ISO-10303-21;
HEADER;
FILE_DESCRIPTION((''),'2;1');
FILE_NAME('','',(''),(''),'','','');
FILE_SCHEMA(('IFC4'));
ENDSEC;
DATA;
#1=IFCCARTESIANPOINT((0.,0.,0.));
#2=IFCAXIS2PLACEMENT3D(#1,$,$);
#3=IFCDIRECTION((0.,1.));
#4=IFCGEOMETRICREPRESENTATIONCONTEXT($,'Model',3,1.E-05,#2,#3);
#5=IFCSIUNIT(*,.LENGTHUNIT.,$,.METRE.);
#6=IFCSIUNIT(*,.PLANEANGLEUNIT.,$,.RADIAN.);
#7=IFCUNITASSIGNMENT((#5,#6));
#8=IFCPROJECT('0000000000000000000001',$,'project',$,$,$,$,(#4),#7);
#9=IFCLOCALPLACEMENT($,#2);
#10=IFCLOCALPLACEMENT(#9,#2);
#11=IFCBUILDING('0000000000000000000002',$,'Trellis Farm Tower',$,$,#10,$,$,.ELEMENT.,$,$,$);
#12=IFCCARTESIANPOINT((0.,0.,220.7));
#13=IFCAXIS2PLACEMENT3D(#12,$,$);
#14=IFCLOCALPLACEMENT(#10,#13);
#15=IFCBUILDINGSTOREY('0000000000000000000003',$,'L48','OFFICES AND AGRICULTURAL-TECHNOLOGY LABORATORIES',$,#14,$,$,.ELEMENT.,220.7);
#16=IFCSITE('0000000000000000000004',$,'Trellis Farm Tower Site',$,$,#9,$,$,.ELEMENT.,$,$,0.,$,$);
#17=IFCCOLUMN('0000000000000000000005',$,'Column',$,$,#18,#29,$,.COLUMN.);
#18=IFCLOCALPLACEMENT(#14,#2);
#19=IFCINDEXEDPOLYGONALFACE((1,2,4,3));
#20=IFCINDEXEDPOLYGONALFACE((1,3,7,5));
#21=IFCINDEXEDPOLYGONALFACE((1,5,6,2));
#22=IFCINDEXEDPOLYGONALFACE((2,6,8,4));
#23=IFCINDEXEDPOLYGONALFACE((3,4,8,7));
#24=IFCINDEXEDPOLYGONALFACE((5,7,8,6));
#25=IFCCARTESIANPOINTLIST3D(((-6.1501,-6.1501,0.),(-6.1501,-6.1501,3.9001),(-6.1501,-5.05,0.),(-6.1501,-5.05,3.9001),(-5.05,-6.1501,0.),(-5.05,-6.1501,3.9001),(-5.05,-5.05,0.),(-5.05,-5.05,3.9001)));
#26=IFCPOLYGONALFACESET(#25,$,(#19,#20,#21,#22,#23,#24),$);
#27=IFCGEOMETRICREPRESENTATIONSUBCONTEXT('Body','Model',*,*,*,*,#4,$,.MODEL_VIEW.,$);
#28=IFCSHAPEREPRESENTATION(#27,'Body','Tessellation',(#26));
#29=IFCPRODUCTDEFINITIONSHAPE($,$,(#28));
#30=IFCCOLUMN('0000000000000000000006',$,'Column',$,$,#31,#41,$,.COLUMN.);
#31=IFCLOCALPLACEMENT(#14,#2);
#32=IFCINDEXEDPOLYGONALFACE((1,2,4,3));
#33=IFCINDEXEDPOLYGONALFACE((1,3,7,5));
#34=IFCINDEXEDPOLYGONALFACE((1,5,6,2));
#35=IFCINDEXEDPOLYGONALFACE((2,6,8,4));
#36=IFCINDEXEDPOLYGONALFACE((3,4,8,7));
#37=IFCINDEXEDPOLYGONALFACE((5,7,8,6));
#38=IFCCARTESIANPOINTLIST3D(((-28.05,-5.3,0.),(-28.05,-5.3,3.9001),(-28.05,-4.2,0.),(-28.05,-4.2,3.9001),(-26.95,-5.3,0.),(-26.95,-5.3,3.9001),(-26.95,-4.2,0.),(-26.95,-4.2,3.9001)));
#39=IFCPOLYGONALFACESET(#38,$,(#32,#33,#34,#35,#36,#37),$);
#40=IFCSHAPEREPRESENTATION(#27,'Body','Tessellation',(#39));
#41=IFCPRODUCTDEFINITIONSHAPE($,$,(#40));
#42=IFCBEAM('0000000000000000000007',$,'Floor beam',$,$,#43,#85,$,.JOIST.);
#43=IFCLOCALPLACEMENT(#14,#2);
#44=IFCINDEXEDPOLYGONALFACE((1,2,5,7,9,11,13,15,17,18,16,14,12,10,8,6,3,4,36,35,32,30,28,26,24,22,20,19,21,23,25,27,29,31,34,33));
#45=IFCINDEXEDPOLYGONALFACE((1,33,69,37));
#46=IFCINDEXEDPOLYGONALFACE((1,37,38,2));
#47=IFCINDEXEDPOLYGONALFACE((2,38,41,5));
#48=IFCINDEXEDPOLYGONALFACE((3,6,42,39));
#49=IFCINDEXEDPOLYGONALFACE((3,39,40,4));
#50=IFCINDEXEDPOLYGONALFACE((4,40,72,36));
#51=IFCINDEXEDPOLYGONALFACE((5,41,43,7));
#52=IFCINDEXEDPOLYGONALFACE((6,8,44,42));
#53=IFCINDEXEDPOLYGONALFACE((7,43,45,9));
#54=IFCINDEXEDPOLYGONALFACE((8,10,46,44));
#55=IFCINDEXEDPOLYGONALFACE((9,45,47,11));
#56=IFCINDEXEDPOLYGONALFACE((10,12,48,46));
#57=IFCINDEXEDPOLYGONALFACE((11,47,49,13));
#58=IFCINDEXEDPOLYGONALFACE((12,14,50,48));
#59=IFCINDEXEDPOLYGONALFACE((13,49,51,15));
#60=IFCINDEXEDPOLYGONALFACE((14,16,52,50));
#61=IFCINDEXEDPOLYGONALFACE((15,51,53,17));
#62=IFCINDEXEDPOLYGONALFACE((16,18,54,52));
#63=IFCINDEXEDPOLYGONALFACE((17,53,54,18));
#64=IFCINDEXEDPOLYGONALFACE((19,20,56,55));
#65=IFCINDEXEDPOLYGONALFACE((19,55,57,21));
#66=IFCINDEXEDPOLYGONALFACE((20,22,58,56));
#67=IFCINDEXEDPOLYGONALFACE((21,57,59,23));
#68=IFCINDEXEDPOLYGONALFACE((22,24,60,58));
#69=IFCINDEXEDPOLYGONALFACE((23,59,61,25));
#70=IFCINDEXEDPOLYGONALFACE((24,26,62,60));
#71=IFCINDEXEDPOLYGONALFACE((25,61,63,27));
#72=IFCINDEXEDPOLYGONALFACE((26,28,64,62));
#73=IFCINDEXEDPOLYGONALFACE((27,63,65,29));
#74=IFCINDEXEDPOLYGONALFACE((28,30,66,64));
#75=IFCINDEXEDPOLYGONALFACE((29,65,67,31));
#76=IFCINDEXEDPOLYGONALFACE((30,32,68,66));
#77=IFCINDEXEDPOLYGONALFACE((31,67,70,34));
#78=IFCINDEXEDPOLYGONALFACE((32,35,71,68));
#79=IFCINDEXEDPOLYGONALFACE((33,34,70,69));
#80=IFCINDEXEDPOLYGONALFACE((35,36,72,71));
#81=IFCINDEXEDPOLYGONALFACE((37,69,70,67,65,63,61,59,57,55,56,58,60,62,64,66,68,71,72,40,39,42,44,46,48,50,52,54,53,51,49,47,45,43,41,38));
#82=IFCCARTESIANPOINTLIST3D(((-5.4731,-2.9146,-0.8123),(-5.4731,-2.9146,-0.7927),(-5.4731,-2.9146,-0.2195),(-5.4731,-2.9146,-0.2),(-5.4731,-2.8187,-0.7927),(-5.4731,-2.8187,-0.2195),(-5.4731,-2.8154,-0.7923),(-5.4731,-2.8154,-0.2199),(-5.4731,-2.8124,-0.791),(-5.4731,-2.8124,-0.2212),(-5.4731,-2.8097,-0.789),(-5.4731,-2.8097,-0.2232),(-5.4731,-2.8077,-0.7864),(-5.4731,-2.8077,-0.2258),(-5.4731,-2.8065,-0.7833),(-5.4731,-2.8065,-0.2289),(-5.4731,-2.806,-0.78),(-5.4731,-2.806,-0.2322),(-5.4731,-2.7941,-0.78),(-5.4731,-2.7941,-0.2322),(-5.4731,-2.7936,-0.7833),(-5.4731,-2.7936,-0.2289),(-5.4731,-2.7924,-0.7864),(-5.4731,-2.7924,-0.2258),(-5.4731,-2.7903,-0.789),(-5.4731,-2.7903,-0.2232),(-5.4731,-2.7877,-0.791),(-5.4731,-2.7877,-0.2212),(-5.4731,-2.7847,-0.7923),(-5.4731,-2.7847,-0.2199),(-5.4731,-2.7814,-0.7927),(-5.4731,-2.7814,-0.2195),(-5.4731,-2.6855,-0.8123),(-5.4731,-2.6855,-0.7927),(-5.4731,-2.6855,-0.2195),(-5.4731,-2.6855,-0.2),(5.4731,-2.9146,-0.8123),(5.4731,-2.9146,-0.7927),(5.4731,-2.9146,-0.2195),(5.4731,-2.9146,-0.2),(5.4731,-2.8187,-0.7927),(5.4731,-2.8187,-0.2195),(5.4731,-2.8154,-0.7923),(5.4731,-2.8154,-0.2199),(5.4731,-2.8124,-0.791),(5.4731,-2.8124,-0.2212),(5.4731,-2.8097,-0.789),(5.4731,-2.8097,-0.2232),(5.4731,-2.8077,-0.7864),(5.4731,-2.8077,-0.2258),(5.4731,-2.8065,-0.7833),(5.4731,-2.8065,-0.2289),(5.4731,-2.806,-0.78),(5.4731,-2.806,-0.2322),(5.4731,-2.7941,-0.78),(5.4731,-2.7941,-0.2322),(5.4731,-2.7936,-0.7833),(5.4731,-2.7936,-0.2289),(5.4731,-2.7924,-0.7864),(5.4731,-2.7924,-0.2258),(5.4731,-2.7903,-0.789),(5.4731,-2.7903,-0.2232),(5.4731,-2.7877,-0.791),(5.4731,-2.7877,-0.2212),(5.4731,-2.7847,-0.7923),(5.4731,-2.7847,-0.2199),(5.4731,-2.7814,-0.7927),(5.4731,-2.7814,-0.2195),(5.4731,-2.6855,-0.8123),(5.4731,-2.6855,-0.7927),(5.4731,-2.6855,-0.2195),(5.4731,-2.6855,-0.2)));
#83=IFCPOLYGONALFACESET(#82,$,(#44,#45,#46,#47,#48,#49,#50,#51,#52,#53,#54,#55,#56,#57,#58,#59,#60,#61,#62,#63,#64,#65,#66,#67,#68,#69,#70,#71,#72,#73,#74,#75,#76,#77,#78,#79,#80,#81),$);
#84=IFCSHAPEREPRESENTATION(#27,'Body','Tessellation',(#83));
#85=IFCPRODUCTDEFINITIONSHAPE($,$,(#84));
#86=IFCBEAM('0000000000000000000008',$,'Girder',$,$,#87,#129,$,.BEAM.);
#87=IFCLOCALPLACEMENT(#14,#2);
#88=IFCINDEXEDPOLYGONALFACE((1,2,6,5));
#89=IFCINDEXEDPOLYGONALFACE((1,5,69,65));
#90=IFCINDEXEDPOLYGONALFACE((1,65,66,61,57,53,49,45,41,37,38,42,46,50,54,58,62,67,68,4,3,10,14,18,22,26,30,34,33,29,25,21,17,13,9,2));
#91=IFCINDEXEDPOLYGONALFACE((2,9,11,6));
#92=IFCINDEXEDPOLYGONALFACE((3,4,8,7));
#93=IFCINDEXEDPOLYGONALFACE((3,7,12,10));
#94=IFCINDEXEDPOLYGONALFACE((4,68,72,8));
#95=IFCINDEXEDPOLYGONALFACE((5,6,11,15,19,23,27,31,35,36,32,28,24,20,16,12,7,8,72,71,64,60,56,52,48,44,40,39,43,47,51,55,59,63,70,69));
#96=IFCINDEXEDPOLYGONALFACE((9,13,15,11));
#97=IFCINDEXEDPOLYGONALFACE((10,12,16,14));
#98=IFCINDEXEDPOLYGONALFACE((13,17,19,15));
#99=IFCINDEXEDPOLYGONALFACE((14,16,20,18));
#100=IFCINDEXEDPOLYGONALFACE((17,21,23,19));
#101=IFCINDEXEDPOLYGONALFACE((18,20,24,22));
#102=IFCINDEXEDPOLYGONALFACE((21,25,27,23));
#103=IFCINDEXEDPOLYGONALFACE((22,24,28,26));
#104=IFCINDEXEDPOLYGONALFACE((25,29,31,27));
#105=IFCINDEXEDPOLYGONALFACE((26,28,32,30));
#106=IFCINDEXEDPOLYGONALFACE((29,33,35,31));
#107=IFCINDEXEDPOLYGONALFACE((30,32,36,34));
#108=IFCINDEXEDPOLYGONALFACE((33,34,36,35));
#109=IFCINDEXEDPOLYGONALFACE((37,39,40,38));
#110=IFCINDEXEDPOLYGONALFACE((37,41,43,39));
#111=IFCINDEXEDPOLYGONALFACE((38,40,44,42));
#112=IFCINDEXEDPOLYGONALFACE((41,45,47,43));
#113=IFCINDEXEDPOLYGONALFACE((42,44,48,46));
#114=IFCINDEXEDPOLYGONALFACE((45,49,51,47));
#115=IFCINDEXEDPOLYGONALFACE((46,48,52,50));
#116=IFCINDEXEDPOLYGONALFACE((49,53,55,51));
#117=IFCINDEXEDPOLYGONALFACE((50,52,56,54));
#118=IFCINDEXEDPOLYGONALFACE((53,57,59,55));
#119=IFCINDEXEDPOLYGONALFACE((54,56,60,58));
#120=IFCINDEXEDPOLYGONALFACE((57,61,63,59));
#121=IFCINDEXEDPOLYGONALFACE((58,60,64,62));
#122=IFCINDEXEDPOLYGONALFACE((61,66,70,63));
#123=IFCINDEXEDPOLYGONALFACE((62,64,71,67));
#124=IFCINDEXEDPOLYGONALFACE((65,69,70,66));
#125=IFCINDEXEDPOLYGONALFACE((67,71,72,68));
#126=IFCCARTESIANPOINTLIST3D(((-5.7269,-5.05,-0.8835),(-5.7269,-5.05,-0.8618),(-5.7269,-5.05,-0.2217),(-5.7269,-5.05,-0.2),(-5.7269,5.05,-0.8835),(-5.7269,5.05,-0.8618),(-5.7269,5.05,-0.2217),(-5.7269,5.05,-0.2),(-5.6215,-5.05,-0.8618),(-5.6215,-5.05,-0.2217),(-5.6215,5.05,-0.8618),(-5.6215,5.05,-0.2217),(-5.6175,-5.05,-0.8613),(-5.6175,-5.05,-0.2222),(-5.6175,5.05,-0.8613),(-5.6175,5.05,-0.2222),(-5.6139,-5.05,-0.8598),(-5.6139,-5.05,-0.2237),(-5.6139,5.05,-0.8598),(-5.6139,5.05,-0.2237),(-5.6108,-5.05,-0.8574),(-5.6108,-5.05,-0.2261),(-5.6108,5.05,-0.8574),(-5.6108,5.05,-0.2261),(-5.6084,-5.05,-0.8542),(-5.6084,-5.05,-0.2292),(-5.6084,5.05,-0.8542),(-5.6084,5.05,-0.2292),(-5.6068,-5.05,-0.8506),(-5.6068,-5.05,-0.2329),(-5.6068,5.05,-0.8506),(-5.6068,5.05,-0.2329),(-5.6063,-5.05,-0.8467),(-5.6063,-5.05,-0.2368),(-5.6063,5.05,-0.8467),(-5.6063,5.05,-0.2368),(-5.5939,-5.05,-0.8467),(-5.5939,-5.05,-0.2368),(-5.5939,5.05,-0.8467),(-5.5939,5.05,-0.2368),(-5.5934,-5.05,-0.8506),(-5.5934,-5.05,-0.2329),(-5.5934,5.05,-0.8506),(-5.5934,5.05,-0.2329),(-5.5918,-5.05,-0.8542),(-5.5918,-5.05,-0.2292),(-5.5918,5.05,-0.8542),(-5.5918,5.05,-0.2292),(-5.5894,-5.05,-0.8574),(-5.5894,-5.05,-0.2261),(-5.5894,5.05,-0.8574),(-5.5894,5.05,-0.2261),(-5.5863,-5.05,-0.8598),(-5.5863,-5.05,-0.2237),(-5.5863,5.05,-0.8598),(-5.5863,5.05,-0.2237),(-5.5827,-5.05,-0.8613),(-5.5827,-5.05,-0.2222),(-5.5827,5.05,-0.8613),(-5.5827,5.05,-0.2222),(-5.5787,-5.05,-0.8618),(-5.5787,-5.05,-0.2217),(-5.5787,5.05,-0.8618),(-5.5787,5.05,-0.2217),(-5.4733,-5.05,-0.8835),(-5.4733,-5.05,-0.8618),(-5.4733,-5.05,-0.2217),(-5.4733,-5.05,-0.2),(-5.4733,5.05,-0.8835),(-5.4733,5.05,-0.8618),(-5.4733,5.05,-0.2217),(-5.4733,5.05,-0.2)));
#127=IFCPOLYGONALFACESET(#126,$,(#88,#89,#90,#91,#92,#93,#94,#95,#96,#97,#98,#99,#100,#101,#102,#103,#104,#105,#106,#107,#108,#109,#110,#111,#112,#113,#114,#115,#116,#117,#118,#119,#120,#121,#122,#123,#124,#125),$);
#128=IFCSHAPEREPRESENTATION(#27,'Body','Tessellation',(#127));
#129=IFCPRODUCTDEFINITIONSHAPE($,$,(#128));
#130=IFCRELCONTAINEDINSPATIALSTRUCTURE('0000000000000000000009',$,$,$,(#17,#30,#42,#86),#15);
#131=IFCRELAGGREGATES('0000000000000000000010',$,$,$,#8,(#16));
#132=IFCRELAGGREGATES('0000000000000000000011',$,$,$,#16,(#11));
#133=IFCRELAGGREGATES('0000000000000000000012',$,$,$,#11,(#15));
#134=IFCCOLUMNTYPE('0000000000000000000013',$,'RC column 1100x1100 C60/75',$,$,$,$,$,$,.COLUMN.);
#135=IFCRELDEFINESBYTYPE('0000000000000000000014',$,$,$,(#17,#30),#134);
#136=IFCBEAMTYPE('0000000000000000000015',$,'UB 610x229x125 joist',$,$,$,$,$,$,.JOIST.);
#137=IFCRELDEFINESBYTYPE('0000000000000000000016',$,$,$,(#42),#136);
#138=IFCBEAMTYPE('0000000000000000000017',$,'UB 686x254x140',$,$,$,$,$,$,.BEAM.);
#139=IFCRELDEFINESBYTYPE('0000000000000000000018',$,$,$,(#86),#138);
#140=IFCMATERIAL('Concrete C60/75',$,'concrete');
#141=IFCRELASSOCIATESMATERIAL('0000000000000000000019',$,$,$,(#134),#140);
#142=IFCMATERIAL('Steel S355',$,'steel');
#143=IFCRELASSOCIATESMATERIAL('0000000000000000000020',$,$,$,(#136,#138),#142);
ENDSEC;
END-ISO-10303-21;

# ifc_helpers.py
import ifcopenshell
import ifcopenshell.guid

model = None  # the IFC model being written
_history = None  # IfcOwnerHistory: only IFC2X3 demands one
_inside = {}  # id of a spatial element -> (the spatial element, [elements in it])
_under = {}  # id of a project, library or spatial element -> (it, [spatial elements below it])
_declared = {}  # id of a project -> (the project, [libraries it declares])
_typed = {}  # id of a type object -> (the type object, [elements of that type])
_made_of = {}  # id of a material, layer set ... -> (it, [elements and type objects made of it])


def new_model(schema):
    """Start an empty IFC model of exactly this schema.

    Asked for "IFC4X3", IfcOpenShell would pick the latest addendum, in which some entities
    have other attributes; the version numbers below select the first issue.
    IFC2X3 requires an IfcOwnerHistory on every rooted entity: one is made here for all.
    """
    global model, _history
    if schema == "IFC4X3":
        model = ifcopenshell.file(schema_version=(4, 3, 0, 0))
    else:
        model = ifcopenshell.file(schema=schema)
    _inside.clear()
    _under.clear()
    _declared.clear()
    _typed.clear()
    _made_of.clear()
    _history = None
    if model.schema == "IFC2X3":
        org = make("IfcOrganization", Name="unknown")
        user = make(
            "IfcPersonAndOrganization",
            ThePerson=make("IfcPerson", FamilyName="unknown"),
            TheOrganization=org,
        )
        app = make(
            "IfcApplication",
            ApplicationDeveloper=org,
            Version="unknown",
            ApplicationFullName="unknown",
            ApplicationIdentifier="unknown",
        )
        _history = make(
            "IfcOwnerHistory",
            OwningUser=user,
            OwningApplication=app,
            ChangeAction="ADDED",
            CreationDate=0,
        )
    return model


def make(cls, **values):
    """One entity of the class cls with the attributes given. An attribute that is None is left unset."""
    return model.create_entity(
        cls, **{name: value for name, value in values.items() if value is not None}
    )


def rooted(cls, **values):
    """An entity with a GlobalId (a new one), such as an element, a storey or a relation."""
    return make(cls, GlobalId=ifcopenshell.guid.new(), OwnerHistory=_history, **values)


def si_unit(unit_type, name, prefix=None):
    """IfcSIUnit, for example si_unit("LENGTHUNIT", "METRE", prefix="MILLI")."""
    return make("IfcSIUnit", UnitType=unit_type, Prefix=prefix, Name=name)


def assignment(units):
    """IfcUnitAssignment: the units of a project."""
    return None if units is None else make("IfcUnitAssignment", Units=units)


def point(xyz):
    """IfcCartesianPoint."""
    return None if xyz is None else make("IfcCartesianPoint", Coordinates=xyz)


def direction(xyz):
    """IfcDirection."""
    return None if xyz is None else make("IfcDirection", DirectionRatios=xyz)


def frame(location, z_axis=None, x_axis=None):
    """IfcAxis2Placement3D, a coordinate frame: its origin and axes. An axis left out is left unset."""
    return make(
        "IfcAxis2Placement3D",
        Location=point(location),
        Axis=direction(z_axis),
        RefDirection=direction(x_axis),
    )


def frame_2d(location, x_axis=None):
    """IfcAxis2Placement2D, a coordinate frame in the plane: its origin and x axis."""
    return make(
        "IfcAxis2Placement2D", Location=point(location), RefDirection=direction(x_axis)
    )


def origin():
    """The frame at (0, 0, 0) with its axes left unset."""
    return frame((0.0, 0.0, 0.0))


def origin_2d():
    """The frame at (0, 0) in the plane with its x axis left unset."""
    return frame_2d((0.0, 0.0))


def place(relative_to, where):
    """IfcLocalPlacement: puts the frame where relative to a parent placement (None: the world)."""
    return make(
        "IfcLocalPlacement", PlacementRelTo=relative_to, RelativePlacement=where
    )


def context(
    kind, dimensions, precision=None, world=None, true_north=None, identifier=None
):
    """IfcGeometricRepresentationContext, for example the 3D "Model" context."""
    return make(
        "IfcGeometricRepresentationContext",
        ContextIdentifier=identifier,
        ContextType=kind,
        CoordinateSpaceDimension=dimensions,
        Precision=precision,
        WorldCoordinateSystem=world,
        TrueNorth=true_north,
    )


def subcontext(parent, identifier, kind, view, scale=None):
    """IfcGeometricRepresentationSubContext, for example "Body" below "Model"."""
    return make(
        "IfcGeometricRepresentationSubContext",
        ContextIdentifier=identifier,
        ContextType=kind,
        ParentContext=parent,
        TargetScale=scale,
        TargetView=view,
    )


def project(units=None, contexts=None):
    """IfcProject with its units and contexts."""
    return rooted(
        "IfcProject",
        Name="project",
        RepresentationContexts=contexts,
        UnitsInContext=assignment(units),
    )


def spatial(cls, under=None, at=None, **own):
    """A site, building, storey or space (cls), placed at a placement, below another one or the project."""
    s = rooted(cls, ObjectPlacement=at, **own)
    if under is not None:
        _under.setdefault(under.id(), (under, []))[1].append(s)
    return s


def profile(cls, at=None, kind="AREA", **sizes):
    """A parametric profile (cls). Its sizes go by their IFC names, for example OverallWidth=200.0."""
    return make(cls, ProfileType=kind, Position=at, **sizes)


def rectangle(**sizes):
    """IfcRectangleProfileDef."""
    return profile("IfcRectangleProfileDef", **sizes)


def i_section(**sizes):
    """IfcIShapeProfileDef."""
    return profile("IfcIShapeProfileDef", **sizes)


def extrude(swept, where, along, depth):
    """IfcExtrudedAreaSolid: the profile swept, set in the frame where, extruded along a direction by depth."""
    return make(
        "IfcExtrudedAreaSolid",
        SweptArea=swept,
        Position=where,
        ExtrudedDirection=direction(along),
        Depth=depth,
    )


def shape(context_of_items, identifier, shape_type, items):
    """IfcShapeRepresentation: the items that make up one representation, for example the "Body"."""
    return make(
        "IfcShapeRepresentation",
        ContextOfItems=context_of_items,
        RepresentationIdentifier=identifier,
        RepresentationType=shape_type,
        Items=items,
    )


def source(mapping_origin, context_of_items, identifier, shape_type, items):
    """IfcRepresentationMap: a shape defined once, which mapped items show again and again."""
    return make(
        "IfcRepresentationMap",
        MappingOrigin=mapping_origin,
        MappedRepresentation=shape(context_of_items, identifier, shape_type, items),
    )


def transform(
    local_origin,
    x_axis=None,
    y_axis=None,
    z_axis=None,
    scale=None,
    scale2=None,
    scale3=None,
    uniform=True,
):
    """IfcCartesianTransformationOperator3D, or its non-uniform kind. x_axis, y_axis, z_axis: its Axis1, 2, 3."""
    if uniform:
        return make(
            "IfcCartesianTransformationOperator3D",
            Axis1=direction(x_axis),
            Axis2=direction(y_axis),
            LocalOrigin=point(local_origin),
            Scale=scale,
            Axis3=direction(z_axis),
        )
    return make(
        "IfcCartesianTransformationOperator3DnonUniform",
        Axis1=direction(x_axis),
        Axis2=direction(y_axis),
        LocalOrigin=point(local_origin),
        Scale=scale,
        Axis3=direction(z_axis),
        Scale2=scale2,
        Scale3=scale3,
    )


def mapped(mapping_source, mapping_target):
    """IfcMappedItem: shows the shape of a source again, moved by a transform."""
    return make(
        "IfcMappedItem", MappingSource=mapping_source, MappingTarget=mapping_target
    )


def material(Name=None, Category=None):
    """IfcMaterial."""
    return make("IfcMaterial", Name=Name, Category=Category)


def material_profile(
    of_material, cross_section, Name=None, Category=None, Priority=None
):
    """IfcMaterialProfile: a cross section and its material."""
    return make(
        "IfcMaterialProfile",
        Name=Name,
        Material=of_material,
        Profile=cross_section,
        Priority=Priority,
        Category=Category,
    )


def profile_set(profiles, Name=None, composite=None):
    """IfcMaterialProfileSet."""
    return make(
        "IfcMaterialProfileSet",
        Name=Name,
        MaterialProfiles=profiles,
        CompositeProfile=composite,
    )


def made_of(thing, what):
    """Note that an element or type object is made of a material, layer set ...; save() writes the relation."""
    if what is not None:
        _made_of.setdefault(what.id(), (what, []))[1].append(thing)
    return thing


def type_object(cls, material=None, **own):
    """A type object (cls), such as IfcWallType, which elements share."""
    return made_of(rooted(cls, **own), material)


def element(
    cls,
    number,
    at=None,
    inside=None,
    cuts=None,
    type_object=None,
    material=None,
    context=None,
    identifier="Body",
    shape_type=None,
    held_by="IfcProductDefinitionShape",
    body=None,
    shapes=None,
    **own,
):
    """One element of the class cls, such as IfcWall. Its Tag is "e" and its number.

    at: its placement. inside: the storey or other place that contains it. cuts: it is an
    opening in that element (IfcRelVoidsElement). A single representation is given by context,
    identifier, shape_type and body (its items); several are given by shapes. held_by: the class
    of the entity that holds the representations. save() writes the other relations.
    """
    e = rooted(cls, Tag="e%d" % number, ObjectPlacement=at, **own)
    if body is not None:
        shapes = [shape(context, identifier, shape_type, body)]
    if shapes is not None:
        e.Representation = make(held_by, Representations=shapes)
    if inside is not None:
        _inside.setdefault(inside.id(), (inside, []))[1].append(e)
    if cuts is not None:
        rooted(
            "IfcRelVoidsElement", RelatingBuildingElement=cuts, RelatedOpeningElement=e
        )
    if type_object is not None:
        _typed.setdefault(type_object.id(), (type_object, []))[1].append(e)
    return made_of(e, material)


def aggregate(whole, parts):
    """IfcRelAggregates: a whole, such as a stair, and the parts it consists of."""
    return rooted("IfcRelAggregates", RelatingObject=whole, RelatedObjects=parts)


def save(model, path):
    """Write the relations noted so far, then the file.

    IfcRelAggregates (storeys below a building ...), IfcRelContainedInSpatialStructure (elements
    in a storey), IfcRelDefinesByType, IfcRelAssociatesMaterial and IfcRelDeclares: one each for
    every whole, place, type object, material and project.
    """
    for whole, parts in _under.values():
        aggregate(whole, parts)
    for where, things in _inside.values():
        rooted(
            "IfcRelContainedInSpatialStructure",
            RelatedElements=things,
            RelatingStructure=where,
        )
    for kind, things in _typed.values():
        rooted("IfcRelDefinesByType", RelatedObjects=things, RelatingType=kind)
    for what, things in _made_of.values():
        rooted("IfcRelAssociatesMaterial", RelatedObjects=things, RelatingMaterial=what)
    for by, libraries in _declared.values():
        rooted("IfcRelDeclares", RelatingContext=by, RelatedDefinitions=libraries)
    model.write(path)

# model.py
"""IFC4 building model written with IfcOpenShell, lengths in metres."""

from ifc_helpers import new_model, si_unit, direction, frame, origin, origin_2d, place, context, subcontext, project, spatial, rectangle, i_section, extrude, source, transform, mapped, material, material_profile, profile_set, type_object, element, save


model = new_model("IFC4")

# Units and contexts
model_context = context("Model", 3, precision=1e-05, world=origin(), true_north=direction((0.0, 1.0)))
body_context = subcontext(model_context, "Body", "Model", "MODEL_VIEW")
ifc_project = project(units=[si_unit("LENGTHUNIT", "METRE"), si_unit("PLANEANGLEUNIT", "RADIAN")], contexts=[model_context])

# Site, building, storey
site_placement = place(None, origin())
site = spatial("IfcSite", under=ifc_project, at=site_placement, Name="Trellis Farm Tower Site", CompositionType="ELEMENT", RefElevation=0.0)
building_placement = place(site_placement, origin())
building = spatial("IfcBuilding", under=site, at=building_placement, Name="Trellis Farm Tower", CompositionType="ELEMENT")
storey_placement = place(building_placement, frame((0.0, 0.0, 220.7)))
storey = spatial("IfcBuildingStorey", under=building, at=storey_placement, Name="L48", Description="OFFICES AND AGRICULTURAL-TECHNOLOGY LABORATORIES", CompositionType="ELEMENT", Elevation=220.7)

# Columns
ifc_material_1 = material(Name="Concrete C60/75", Category="concrete")
ifc_material_profile_1 = material_profile(ifc_material_1, rectangle(XDim=1.1001, YDim=1.1001, at=origin_2d()), Name="RC column 1100x1100 C60/75")
ifc_profile_set_1 = profile_set([ifc_material_profile_1], Name="Concrete C60/75")
column_type = type_object("IfcColumnType", Name="RC column 1100x1100 C60/75", PredefinedType="COLUMN", material=ifc_profile_set_1)
shared_shape_1 = source(origin(), body_context, "Body", "SweptSolid", [
    extrude(rectangle(XDim=1.1001, YDim=1.1001, at=origin_2d()), origin(), (0.0, 0.0, 1.0), 3.9001),
])
for number, where, z_axis, x_axis, name in (
    (1, (-5.6001, -5.6001, 0.0), (0.0, 0.0, 1.0), (1.0, 0.0, 0.0), "Column"),
    (2, (-27.5, -4.75, 0.0), (0.0, 0.0, 1.0), (1.0, 0.0, 0.0), "Column"),
):
    element("IfcColumn", number, at=place(storey_placement, frame(where, z_axis=z_axis, x_axis=x_axis)), inside=storey, type_object=column_type, Name=name, PredefinedType="COLUMN", context=body_context, shape_type="MappedRepresentation", body=[
        mapped(shared_shape_1, transform((0.0, 0.0, 0.0))),
    ])

# Beams
ifc_material_2 = material(Name="Steel S355", Category="steel")
ifc_material_profile_2 = material_profile(ifc_material_2, i_section(OverallWidth=0.229, OverallDepth=0.6123, WebThickness=0.012, FlangeThickness=0.0195, FilletRadius=0.0127, at=origin_2d()), Name="UB 610x229x125")
ifc_profile_set_2 = profile_set([ifc_material_profile_2], Name="Steel S355")
beam_type_1 = type_object("IfcBeamType", Name="UB 610x229x125 joist", PredefinedType="JOIST", material=ifc_profile_set_2)
shared_shape_2 = source(origin(), body_context, "Body", "SweptSolid", [
    extrude(i_section(OverallWidth=0.229, OverallDepth=0.6123, WebThickness=0.012, FlangeThickness=0.0195, FilletRadius=0.0127, at=origin_2d()), origin(), (0.0, 0.0, 1.0), 10.9463),
])
beam_1_placement = place(storey_placement, frame((-5.4731, -2.8, -0.5061), z_axis=(1.0, 0.0, 0.0), x_axis=(0.0, 1.0, 0.0)))
element("IfcBeam", 3, at=beam_1_placement, inside=storey, type_object=beam_type_1, Name="Floor beam", PredefinedType="JOIST", context=body_context, shape_type="MappedRepresentation", body=[
    mapped(shared_shape_2, transform((0.0, 0.0, 0.0))),
])
ifc_material_profile_3 = material_profile(ifc_material_2, i_section(OverallWidth=0.2537, OverallDepth=0.6836, WebThickness=0.0125, FlangeThickness=0.0217, FilletRadius=0.0151, at=origin_2d()), Name="UB 686x254x140")
ifc_profile_set_3 = profile_set([ifc_material_profile_3], Name="Steel S355")
beam_type_2 = type_object("IfcBeamType", Name="UB 686x254x140", PredefinedType="BEAM", material=ifc_profile_set_3)
shared_shape_3 = source(origin(), body_context, "Body", "SweptSolid", [
    extrude(i_section(OverallWidth=0.2537, OverallDepth=0.6836, WebThickness=0.0125, FlangeThickness=0.0217, FilletRadius=0.0151, at=origin_2d()), origin(), (0.0, 0.0, 1.0), 10.1001),
])
beam_2_placement = place(storey_placement, frame((-5.6001, -5.05, -0.5417), z_axis=(0.0, 1.0, 0.0), x_axis=(-1.0, 0.0, 0.0)))
element("IfcBeam", 4, at=beam_2_placement, inside=storey, type_object=beam_type_2, Name="Girder", PredefinedType="BEAM", context=body_context, shape_type="MappedRepresentation", body=[
    mapped(shared_shape_3, transform((0.0, 0.0, 0.0))),
])

save(model, "model.ifc")
